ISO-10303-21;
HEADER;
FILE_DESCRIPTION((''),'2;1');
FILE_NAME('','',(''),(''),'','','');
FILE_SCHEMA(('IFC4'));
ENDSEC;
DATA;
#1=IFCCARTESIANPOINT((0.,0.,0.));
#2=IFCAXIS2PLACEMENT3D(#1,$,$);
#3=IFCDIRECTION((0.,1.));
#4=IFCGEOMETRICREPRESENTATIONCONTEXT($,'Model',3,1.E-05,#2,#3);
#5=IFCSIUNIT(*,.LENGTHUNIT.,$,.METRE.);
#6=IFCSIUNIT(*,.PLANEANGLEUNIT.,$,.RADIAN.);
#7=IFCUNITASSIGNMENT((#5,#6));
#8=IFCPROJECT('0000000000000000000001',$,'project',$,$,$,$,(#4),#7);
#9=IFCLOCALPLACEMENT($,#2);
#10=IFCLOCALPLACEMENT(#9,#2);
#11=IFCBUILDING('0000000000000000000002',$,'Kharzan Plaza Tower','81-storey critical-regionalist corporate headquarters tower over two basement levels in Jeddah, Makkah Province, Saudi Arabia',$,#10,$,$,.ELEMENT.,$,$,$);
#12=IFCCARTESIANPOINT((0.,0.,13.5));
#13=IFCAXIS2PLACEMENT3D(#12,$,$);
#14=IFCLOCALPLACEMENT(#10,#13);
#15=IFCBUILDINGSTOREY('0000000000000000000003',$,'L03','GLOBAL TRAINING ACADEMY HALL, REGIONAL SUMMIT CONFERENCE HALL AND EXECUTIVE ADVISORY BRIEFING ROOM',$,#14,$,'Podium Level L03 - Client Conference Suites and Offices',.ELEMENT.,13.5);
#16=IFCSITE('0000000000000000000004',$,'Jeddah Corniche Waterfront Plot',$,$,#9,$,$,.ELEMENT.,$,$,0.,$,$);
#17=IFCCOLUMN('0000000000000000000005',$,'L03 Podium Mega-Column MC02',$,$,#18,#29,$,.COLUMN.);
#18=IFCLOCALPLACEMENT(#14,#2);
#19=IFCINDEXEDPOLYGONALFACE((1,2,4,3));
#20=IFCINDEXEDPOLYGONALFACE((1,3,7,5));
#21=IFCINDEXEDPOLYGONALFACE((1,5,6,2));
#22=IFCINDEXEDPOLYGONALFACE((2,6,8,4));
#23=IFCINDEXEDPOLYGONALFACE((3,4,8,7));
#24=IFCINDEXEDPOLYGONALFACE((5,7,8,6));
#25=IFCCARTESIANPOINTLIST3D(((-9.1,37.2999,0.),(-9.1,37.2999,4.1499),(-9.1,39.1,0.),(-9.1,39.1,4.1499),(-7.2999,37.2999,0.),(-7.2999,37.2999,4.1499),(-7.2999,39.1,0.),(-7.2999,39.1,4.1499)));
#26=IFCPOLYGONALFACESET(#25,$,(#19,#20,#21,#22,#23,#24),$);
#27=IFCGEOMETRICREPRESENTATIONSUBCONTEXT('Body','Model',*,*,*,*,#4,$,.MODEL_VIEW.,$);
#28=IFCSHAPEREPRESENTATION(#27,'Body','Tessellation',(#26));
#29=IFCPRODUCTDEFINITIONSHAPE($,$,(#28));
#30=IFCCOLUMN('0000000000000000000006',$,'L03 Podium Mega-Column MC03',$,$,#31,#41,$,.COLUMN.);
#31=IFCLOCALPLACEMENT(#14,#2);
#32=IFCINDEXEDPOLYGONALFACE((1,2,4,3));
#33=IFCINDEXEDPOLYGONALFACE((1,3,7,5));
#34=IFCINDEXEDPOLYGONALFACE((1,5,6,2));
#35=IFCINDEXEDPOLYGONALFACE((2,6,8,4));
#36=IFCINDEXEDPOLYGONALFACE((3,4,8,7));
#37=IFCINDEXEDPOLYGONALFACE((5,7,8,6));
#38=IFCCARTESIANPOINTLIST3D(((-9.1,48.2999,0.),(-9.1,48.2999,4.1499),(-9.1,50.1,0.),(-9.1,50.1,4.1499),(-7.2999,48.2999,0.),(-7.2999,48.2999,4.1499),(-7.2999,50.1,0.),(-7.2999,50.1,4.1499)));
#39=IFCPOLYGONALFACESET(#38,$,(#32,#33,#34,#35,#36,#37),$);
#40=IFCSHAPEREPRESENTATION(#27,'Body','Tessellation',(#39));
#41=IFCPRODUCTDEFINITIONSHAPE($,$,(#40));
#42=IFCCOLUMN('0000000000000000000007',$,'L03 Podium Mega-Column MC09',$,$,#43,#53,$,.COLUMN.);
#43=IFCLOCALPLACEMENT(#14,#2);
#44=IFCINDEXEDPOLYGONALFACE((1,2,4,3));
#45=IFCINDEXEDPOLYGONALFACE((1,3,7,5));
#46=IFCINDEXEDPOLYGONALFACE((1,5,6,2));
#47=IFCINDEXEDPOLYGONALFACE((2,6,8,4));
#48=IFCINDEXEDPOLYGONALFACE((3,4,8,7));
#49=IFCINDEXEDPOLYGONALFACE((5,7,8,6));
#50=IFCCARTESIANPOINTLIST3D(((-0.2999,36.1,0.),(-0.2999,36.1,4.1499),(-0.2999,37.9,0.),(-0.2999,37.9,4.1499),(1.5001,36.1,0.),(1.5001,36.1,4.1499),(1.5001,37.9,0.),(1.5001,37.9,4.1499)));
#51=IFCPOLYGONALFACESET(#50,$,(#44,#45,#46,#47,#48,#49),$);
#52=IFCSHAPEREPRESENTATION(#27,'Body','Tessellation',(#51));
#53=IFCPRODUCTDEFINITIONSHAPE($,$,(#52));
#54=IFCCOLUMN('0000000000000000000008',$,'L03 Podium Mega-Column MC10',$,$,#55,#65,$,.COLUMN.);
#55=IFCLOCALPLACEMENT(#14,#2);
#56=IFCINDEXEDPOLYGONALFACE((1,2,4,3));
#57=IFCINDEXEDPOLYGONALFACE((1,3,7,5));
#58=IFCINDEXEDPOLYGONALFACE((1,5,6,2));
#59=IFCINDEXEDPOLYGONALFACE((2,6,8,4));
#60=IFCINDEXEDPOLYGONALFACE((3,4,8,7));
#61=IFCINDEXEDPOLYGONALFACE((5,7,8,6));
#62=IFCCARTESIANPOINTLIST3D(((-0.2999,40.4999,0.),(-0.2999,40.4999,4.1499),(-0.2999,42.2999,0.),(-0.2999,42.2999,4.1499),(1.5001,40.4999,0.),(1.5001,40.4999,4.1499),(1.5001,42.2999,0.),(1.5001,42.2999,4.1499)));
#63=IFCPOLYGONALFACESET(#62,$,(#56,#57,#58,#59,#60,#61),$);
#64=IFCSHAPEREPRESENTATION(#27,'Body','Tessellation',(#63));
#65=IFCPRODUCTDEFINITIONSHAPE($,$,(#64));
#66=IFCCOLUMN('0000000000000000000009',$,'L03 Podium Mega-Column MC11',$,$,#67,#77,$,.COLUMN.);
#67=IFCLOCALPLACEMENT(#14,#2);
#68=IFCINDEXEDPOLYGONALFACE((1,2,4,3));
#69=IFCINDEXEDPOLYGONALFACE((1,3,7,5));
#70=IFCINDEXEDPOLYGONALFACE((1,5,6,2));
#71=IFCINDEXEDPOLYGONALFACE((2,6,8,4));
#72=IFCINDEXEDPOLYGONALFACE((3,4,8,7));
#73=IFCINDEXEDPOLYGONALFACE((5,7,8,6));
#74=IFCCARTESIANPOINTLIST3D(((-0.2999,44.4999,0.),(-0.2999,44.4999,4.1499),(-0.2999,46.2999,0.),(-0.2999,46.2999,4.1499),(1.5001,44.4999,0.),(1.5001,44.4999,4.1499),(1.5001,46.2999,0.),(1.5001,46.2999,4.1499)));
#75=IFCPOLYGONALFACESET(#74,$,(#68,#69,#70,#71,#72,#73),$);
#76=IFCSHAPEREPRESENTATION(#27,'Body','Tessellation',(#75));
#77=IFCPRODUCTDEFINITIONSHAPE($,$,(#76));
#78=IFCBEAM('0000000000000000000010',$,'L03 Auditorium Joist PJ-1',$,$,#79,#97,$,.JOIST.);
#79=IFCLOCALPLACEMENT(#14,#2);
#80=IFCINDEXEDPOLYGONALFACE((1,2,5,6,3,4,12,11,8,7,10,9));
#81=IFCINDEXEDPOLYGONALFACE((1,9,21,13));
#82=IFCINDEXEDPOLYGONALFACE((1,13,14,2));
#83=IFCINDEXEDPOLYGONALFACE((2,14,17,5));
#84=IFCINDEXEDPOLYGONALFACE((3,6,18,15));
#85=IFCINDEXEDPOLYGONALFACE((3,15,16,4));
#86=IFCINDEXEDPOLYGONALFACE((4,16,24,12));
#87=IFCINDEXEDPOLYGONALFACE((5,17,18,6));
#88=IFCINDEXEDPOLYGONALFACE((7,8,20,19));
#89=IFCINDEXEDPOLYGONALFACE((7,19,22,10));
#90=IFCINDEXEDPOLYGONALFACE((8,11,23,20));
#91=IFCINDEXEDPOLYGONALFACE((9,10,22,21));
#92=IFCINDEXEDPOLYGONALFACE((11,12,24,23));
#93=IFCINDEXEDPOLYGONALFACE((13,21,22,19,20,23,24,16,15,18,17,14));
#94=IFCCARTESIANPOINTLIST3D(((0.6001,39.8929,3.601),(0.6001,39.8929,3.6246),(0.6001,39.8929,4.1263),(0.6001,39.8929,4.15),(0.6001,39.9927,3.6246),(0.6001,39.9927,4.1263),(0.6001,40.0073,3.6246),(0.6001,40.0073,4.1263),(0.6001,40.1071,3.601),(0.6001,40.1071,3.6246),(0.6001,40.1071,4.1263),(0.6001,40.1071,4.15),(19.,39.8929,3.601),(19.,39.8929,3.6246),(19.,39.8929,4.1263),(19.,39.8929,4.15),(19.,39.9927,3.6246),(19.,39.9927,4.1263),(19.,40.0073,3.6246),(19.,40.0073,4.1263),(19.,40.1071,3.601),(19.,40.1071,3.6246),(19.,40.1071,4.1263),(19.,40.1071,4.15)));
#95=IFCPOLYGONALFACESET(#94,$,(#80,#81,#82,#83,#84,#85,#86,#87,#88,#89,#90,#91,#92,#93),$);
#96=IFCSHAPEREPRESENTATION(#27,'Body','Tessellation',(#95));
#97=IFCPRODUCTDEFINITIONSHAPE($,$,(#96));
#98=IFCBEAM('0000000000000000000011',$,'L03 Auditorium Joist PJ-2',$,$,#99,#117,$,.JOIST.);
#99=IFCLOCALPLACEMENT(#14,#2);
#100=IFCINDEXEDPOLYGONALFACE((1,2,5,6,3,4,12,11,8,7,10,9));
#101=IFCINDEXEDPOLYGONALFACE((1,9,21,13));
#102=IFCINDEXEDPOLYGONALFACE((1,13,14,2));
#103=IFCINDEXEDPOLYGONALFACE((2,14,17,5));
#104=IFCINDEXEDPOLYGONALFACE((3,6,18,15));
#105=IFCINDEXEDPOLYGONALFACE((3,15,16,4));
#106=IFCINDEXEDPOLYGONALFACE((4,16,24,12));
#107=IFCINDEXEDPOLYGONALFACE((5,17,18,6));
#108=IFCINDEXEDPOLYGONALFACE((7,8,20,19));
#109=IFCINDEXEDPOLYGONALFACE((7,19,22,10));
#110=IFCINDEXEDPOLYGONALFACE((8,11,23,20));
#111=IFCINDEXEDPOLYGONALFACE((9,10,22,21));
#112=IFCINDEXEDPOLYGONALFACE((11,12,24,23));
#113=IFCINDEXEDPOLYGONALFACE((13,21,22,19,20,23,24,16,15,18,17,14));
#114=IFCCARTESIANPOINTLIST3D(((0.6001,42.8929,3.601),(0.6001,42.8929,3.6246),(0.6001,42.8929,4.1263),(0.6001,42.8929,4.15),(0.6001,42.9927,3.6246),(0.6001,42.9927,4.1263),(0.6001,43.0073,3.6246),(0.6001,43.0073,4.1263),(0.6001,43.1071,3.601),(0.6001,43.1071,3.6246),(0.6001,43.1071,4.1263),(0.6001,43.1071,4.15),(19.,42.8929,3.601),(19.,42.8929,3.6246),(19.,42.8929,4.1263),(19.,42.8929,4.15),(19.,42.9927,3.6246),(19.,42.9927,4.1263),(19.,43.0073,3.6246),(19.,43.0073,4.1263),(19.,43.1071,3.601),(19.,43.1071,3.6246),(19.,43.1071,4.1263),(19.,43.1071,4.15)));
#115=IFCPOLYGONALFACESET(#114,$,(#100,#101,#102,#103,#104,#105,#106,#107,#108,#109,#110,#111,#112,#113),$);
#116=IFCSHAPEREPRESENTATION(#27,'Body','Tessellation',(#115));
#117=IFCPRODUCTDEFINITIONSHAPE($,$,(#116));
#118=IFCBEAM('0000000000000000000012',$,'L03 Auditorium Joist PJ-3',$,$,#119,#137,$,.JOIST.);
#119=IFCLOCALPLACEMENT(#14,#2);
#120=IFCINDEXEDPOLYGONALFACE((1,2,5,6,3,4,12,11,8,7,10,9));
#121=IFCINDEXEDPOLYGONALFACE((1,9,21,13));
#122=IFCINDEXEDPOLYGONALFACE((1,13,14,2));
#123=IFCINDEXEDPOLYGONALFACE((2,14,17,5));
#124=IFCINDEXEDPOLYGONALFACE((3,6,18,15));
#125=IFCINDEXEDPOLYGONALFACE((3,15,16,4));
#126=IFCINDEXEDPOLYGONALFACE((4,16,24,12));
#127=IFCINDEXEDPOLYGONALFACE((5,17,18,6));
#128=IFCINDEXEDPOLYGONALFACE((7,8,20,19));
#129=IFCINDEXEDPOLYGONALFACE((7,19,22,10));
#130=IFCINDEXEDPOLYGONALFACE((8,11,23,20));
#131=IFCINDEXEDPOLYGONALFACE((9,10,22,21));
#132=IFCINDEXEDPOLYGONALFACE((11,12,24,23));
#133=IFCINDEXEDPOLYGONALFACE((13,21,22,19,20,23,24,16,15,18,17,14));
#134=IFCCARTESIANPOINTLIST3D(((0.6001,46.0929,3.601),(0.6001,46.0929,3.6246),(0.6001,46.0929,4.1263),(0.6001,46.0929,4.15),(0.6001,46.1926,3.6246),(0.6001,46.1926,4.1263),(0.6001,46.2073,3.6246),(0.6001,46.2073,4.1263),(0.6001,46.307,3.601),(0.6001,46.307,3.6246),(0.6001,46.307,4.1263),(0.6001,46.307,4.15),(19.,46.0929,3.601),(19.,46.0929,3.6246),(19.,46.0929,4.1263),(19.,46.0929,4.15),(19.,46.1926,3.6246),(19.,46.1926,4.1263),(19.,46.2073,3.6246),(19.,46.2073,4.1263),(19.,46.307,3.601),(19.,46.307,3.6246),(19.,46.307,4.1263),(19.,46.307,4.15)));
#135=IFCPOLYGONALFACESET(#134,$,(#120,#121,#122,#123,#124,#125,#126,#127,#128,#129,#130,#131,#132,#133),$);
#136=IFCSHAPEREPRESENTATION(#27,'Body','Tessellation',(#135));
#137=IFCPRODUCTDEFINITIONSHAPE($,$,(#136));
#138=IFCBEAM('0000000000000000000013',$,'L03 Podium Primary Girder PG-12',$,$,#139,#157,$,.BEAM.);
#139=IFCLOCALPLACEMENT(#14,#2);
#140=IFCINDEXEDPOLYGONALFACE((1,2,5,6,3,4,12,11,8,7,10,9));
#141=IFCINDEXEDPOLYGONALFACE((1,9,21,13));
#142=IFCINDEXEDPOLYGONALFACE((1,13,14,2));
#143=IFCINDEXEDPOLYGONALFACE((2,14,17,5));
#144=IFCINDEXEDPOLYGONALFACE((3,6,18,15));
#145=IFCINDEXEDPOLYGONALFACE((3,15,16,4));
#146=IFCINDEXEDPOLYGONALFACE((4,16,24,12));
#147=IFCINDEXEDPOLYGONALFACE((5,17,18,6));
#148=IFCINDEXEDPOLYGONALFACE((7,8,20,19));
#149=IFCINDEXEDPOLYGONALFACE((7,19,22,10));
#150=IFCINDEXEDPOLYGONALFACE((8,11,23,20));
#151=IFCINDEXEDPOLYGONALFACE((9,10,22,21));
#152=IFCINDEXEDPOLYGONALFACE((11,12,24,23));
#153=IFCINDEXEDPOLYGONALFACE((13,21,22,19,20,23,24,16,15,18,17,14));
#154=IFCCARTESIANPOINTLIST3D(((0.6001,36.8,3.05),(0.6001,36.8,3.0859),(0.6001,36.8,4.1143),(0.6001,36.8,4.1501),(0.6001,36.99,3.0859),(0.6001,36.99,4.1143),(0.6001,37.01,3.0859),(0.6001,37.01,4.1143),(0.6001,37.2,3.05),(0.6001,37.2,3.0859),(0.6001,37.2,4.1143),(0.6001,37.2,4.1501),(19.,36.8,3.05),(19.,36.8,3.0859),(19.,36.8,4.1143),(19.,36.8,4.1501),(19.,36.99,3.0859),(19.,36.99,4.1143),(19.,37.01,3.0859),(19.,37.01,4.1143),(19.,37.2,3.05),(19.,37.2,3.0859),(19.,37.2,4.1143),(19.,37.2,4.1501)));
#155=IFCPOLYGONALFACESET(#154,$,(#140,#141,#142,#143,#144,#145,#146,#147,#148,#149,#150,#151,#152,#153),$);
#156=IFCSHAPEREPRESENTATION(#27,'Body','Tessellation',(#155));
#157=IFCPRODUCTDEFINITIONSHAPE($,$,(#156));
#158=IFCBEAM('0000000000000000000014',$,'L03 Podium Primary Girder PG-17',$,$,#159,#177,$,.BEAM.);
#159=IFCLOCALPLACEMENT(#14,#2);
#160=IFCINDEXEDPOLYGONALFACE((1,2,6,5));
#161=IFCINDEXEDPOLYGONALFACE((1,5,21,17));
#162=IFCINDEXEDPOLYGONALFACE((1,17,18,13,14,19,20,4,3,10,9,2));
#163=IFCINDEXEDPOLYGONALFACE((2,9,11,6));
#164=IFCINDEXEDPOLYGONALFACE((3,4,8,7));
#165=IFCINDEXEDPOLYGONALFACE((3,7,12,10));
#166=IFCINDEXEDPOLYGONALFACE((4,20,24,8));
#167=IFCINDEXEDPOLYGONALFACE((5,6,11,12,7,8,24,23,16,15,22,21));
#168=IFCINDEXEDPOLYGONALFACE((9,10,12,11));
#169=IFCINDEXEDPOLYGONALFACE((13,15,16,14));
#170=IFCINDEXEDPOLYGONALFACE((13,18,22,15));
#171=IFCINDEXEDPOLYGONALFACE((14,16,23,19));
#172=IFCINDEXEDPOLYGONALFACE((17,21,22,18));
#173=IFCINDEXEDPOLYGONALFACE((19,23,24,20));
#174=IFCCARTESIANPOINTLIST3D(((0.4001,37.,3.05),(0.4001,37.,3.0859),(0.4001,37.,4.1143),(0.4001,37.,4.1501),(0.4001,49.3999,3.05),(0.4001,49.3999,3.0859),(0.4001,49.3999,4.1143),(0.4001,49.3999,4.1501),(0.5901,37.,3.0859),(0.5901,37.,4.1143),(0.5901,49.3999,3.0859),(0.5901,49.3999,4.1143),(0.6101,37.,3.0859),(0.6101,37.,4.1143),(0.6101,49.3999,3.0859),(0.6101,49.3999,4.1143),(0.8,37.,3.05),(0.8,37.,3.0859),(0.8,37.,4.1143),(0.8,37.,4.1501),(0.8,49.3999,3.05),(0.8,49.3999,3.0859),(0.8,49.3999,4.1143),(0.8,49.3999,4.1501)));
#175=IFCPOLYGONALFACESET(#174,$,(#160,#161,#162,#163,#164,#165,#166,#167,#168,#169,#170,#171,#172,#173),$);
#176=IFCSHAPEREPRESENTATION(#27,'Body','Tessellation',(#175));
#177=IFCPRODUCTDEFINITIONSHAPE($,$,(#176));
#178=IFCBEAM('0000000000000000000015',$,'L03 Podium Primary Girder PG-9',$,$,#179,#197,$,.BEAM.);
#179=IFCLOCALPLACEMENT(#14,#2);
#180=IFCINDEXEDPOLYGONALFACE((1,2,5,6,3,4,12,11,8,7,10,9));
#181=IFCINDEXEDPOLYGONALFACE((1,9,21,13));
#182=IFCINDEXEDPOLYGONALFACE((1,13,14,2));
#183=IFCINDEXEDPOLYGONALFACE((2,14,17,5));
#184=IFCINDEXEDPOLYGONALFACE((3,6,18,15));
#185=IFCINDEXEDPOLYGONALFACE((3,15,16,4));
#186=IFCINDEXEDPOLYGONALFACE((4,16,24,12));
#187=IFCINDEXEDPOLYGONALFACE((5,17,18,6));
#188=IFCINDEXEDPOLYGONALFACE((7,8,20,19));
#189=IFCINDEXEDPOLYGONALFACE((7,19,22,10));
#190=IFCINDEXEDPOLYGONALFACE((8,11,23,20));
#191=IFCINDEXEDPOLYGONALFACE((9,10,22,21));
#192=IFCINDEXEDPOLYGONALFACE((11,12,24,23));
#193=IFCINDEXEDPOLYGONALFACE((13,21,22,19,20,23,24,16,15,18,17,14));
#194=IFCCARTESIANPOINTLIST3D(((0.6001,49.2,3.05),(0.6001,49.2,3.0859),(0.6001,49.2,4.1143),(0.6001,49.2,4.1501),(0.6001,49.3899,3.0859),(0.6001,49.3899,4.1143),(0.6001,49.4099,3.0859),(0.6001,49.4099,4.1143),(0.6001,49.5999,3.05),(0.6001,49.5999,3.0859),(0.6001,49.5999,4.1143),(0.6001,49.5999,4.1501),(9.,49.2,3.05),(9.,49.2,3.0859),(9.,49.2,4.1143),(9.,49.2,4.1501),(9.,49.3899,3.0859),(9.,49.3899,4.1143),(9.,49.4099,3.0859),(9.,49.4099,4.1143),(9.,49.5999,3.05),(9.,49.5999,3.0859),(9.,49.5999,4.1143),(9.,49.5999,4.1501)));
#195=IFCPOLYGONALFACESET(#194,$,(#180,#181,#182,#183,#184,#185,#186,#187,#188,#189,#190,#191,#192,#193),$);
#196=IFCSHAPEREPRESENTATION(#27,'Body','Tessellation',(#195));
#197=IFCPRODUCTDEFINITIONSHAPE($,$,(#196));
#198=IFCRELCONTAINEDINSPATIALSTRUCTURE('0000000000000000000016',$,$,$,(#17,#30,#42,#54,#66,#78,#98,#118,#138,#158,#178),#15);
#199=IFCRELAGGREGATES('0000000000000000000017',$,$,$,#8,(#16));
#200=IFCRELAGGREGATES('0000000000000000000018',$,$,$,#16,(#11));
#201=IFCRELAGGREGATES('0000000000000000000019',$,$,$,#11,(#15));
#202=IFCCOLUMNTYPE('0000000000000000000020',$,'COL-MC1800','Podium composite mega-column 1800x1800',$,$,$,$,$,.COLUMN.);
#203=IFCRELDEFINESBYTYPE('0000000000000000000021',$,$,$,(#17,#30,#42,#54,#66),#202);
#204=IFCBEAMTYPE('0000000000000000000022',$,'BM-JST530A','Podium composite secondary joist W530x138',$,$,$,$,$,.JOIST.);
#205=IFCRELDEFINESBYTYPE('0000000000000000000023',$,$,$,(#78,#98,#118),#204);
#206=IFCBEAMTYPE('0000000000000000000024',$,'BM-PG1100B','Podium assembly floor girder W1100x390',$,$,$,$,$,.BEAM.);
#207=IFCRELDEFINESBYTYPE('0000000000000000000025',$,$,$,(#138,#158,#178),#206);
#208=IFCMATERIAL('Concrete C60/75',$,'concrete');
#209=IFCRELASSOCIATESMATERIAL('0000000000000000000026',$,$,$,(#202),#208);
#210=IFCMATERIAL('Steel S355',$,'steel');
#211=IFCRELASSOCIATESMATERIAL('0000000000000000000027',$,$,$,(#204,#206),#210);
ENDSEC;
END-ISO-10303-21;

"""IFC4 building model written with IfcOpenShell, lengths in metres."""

from ifc_helpers import new_model, si_unit, direction, frame, origin, origin_2d, place, context, subcontext, project, spatial, rectangle, i_section, extrude, source, transform, mapped, material, material_profile, profile_set, type_object, element, save


model = new_model("IFC4")

# Units and contexts
model_context = context("Model", 3, precision=1e-05, world=origin(), true_north=direction((0.0, 1.0)))
body_context = subcontext(model_context, "Body", "Model", "MODEL_VIEW")
ifc_project = project(units=[si_unit("LENGTHUNIT", "METRE"), si_unit("PLANEANGLEUNIT", "RADIAN")], contexts=[model_context])

# Site, building, storey
site_placement = place(None, origin())
site = spatial("IfcSite", under=ifc_project, at=site_placement, Name="Jeddah Corniche Waterfront Plot", CompositionType="ELEMENT", RefElevation=0.0)
building_placement = place(site_placement, origin())
building = spatial("IfcBuilding", under=site, at=building_placement, Name="Kharzan Plaza Tower", Description="81-storey critical-regionalist corporate headquarters tower over two basement levels in Jeddah, Makkah Province, Saudi Arabia", CompositionType="ELEMENT")
storey_placement = place(building_placement, frame((0.0, 0.0, 13.5)))
storey = spatial("IfcBuildingStorey", under=building, at=storey_placement, Name="L03", Description="GLOBAL TRAINING ACADEMY HALL, REGIONAL SUMMIT CONFERENCE HALL AND EXECUTIVE ADVISORY BRIEFING ROOM", LongName="Podium Level L03 - Client Conference Suites and Offices", CompositionType="ELEMENT", Elevation=13.5)

# Columns
ifc_material_1 = material(Name="Concrete C60/75", Category="concrete")
ifc_material_profile_1 = material_profile(ifc_material_1, rectangle(XDim=1.8, YDim=1.8, at=origin_2d()), Name="RC-MC1800x1800")
ifc_profile_set_1 = profile_set([ifc_material_profile_1], Name="Concrete C60/75")
column_type = type_object("IfcColumnType", Name="COL-MC1800", Description="Podium composite mega-column 1800x1800", PredefinedType="COLUMN", material=ifc_profile_set_1)
shared_shape_1 = source(origin(), body_context, "Body", "SweptSolid", [
    extrude(rectangle(XDim=1.8, YDim=1.8, at=origin_2d()), origin(), (0.0, 0.0, 1.0), 4.1499),
])
for number, where, z_axis, x_axis, name in (
    (1, (-8.2, 38.2, 0.0), (0.0, 0.0, 1.0), (1.0, 0.0, 0.0), "L03 Podium Mega-Column MC02"),
    (2, (-8.2, 49.2, 0.0), (0.0, 0.0, 1.0), (1.0, 0.0, 0.0), "L03 Podium Mega-Column MC03"),
    (3, (0.6001, 37.0, 0.0), (0.0, 0.0, 1.0), (1.0, 0.0, 0.0), "L03 Podium Mega-Column MC09"),
    (4, (0.6001, 41.3999, 0.0), (0.0, 0.0, 1.0), (1.0, 0.0, 0.0), "L03 Podium Mega-Column MC10"),
    (5, (0.6001, 45.3999, 0.0), (0.0, 0.0, 1.0), (1.0, 0.0, 0.0), "L03 Podium Mega-Column MC11"),
):
    element("IfcColumn", number, at=place(storey_placement, frame(where, z_axis=z_axis, x_axis=x_axis)), inside=storey, type_object=column_type, Name=name, PredefinedType="COLUMN", context=body_context, shape_type="MappedRepresentation", body=[
        mapped(shared_shape_1, transform((0.0, 0.0, 0.0), x_axis=(1.0, 0.0, 0.0), y_axis=(0.0, 1.0, 0.0), z_axis=(0.0, 0.0, 1.0))),
    ])

# Beams
ifc_material_2 = material(Name="Steel S355", Category="steel")
ifc_material_profile_2 = material_profile(ifc_material_2, i_section(OverallWidth=0.2141, OverallDepth=0.5491, WebThickness=0.0146, FlangeThickness=0.0237, at=origin_2d()), Name="W530x138")
ifc_profile_set_2 = profile_set([ifc_material_profile_2], Name="Steel S355")
beam_type_1 = type_object("IfcBeamType", Name="BM-JST530A", Description="Podium composite secondary joist W530x138", PredefinedType="JOIST", material=ifc_profile_set_2)
shared_shape_2 = source(origin(), body_context, "Body", "SweptSolid", [
    extrude(i_section(OverallWidth=0.2141, OverallDepth=0.5491, WebThickness=0.0146, FlangeThickness=0.0237, at=origin_2d()), origin(), (0.0, 0.0, 1.0), 18.3999),
])
for number, where, z_axis, x_axis, name in (
    (6, (0.6001, 40.0, 3.8755), (1.0, 0.0, 0.0), (0.0, 1.0, 0.0), "L03 Auditorium Joist PJ-1"),
    (7, (0.6001, 43.0, 3.8755), (1.0, 0.0, 0.0), (0.0, 1.0, 0.0), "L03 Auditorium Joist PJ-2"),
    (8, (0.6001, 46.2, 3.8755), (1.0, 0.0, 0.0), (0.0, 1.0, 0.0), "L03 Auditorium Joist PJ-3"),
):
    element("IfcBeam", number, at=place(storey_placement, frame(where, z_axis=z_axis, x_axis=x_axis)), inside=storey, type_object=beam_type_1, Name=name, PredefinedType="JOIST", context=body_context, shape_type="MappedRepresentation", body=[
        mapped(shared_shape_2, transform((0.0, 0.0, 0.0), x_axis=(1.0, 0.0, 0.0), y_axis=(0.0, 1.0, 0.0), z_axis=(0.0, 0.0, 1.0))),
    ])
ifc_material_profile_3 = material_profile(ifc_material_2, i_section(OverallWidth=0.3999, OverallDepth=1.1001, WebThickness=0.02, FlangeThickness=0.0359, at=origin_2d()), Name="W1100x390")
ifc_profile_set_3 = profile_set([ifc_material_profile_3], Name="Steel S355")
beam_type_2 = type_object("IfcBeamType", Name="BM-PG1100B", Description="Podium assembly floor girder W1100x390", PredefinedType="BEAM", material=ifc_profile_set_3)
shared_shape_3 = source(origin(), body_context, "Body", "SweptSolid", [
    extrude(i_section(OverallWidth=0.3999, OverallDepth=1.1001, WebThickness=0.02, FlangeThickness=0.0359, at=origin_2d()), origin(), (0.0, 0.0, 1.0), 18.3999),
])
beam_1_placement = place(storey_placement, frame((0.6001, 37.0, 3.6001), z_axis=(1.0, 0.0, 0.0), x_axis=(0.0, 1.0, 0.0)))
element("IfcBeam", 9, at=beam_1_placement, inside=storey, type_object=beam_type_2, Name="L03 Podium Primary Girder PG-12", PredefinedType="BEAM", context=body_context, shape_type="MappedRepresentation", body=[
    mapped(shared_shape_3, transform((0.0, 0.0, 0.0), x_axis=(1.0, 0.0, 0.0), y_axis=(0.0, 1.0, 0.0), z_axis=(0.0, 0.0, 1.0))),
])
shared_shape_4 = source(origin(), body_context, "Body", "SweptSolid", [
    extrude(i_section(OverallWidth=0.3999, OverallDepth=1.1001, WebThickness=0.02, FlangeThickness=0.0359, at=origin_2d()), origin(), (0.0, 0.0, 1.0), 12.3999),
])
beam_2_placement = place(storey_placement, frame((0.6001, 37.0, 3.6001), z_axis=(0.0, 1.0, 0.0), x_axis=(-1.0, 0.0, 0.0)))
element("IfcBeam", 10, at=beam_2_placement, inside=storey, type_object=beam_type_2, Name="L03 Podium Primary Girder PG-17", PredefinedType="BEAM", context=body_context, shape_type="MappedRepresentation", body=[
    mapped(shared_shape_4, transform((0.0, 0.0, 0.0), x_axis=(1.0, 0.0, 0.0), y_axis=(0.0, 1.0, 0.0), z_axis=(0.0, 0.0, 1.0))),
])
shared_shape_5 = source(origin(), body_context, "Body", "SweptSolid", [
    extrude(i_section(OverallWidth=0.3999, OverallDepth=1.1001, WebThickness=0.02, FlangeThickness=0.0359, at=origin_2d()), origin(), (0.0, 0.0, 1.0), 8.3999),
])
beam_3_placement = place(storey_placement, frame((0.6001, 49.3999, 3.6001), z_axis=(1.0, 0.0, 0.0), x_axis=(0.0, 1.0, 0.0)))
element("IfcBeam", 11, at=beam_3_placement, inside=storey, type_object=beam_type_2, Name="L03 Podium Primary Girder PG-9", PredefinedType="BEAM", context=body_context, shape_type="MappedRepresentation", body=[
    mapped(shared_shape_5, transform((0.0, 0.0, 0.0), x_axis=(1.0, 0.0, 0.0), y_axis=(0.0, 1.0, 0.0), z_axis=(0.0, 0.0, 1.0))),
])

save(model, "model.ifc")
